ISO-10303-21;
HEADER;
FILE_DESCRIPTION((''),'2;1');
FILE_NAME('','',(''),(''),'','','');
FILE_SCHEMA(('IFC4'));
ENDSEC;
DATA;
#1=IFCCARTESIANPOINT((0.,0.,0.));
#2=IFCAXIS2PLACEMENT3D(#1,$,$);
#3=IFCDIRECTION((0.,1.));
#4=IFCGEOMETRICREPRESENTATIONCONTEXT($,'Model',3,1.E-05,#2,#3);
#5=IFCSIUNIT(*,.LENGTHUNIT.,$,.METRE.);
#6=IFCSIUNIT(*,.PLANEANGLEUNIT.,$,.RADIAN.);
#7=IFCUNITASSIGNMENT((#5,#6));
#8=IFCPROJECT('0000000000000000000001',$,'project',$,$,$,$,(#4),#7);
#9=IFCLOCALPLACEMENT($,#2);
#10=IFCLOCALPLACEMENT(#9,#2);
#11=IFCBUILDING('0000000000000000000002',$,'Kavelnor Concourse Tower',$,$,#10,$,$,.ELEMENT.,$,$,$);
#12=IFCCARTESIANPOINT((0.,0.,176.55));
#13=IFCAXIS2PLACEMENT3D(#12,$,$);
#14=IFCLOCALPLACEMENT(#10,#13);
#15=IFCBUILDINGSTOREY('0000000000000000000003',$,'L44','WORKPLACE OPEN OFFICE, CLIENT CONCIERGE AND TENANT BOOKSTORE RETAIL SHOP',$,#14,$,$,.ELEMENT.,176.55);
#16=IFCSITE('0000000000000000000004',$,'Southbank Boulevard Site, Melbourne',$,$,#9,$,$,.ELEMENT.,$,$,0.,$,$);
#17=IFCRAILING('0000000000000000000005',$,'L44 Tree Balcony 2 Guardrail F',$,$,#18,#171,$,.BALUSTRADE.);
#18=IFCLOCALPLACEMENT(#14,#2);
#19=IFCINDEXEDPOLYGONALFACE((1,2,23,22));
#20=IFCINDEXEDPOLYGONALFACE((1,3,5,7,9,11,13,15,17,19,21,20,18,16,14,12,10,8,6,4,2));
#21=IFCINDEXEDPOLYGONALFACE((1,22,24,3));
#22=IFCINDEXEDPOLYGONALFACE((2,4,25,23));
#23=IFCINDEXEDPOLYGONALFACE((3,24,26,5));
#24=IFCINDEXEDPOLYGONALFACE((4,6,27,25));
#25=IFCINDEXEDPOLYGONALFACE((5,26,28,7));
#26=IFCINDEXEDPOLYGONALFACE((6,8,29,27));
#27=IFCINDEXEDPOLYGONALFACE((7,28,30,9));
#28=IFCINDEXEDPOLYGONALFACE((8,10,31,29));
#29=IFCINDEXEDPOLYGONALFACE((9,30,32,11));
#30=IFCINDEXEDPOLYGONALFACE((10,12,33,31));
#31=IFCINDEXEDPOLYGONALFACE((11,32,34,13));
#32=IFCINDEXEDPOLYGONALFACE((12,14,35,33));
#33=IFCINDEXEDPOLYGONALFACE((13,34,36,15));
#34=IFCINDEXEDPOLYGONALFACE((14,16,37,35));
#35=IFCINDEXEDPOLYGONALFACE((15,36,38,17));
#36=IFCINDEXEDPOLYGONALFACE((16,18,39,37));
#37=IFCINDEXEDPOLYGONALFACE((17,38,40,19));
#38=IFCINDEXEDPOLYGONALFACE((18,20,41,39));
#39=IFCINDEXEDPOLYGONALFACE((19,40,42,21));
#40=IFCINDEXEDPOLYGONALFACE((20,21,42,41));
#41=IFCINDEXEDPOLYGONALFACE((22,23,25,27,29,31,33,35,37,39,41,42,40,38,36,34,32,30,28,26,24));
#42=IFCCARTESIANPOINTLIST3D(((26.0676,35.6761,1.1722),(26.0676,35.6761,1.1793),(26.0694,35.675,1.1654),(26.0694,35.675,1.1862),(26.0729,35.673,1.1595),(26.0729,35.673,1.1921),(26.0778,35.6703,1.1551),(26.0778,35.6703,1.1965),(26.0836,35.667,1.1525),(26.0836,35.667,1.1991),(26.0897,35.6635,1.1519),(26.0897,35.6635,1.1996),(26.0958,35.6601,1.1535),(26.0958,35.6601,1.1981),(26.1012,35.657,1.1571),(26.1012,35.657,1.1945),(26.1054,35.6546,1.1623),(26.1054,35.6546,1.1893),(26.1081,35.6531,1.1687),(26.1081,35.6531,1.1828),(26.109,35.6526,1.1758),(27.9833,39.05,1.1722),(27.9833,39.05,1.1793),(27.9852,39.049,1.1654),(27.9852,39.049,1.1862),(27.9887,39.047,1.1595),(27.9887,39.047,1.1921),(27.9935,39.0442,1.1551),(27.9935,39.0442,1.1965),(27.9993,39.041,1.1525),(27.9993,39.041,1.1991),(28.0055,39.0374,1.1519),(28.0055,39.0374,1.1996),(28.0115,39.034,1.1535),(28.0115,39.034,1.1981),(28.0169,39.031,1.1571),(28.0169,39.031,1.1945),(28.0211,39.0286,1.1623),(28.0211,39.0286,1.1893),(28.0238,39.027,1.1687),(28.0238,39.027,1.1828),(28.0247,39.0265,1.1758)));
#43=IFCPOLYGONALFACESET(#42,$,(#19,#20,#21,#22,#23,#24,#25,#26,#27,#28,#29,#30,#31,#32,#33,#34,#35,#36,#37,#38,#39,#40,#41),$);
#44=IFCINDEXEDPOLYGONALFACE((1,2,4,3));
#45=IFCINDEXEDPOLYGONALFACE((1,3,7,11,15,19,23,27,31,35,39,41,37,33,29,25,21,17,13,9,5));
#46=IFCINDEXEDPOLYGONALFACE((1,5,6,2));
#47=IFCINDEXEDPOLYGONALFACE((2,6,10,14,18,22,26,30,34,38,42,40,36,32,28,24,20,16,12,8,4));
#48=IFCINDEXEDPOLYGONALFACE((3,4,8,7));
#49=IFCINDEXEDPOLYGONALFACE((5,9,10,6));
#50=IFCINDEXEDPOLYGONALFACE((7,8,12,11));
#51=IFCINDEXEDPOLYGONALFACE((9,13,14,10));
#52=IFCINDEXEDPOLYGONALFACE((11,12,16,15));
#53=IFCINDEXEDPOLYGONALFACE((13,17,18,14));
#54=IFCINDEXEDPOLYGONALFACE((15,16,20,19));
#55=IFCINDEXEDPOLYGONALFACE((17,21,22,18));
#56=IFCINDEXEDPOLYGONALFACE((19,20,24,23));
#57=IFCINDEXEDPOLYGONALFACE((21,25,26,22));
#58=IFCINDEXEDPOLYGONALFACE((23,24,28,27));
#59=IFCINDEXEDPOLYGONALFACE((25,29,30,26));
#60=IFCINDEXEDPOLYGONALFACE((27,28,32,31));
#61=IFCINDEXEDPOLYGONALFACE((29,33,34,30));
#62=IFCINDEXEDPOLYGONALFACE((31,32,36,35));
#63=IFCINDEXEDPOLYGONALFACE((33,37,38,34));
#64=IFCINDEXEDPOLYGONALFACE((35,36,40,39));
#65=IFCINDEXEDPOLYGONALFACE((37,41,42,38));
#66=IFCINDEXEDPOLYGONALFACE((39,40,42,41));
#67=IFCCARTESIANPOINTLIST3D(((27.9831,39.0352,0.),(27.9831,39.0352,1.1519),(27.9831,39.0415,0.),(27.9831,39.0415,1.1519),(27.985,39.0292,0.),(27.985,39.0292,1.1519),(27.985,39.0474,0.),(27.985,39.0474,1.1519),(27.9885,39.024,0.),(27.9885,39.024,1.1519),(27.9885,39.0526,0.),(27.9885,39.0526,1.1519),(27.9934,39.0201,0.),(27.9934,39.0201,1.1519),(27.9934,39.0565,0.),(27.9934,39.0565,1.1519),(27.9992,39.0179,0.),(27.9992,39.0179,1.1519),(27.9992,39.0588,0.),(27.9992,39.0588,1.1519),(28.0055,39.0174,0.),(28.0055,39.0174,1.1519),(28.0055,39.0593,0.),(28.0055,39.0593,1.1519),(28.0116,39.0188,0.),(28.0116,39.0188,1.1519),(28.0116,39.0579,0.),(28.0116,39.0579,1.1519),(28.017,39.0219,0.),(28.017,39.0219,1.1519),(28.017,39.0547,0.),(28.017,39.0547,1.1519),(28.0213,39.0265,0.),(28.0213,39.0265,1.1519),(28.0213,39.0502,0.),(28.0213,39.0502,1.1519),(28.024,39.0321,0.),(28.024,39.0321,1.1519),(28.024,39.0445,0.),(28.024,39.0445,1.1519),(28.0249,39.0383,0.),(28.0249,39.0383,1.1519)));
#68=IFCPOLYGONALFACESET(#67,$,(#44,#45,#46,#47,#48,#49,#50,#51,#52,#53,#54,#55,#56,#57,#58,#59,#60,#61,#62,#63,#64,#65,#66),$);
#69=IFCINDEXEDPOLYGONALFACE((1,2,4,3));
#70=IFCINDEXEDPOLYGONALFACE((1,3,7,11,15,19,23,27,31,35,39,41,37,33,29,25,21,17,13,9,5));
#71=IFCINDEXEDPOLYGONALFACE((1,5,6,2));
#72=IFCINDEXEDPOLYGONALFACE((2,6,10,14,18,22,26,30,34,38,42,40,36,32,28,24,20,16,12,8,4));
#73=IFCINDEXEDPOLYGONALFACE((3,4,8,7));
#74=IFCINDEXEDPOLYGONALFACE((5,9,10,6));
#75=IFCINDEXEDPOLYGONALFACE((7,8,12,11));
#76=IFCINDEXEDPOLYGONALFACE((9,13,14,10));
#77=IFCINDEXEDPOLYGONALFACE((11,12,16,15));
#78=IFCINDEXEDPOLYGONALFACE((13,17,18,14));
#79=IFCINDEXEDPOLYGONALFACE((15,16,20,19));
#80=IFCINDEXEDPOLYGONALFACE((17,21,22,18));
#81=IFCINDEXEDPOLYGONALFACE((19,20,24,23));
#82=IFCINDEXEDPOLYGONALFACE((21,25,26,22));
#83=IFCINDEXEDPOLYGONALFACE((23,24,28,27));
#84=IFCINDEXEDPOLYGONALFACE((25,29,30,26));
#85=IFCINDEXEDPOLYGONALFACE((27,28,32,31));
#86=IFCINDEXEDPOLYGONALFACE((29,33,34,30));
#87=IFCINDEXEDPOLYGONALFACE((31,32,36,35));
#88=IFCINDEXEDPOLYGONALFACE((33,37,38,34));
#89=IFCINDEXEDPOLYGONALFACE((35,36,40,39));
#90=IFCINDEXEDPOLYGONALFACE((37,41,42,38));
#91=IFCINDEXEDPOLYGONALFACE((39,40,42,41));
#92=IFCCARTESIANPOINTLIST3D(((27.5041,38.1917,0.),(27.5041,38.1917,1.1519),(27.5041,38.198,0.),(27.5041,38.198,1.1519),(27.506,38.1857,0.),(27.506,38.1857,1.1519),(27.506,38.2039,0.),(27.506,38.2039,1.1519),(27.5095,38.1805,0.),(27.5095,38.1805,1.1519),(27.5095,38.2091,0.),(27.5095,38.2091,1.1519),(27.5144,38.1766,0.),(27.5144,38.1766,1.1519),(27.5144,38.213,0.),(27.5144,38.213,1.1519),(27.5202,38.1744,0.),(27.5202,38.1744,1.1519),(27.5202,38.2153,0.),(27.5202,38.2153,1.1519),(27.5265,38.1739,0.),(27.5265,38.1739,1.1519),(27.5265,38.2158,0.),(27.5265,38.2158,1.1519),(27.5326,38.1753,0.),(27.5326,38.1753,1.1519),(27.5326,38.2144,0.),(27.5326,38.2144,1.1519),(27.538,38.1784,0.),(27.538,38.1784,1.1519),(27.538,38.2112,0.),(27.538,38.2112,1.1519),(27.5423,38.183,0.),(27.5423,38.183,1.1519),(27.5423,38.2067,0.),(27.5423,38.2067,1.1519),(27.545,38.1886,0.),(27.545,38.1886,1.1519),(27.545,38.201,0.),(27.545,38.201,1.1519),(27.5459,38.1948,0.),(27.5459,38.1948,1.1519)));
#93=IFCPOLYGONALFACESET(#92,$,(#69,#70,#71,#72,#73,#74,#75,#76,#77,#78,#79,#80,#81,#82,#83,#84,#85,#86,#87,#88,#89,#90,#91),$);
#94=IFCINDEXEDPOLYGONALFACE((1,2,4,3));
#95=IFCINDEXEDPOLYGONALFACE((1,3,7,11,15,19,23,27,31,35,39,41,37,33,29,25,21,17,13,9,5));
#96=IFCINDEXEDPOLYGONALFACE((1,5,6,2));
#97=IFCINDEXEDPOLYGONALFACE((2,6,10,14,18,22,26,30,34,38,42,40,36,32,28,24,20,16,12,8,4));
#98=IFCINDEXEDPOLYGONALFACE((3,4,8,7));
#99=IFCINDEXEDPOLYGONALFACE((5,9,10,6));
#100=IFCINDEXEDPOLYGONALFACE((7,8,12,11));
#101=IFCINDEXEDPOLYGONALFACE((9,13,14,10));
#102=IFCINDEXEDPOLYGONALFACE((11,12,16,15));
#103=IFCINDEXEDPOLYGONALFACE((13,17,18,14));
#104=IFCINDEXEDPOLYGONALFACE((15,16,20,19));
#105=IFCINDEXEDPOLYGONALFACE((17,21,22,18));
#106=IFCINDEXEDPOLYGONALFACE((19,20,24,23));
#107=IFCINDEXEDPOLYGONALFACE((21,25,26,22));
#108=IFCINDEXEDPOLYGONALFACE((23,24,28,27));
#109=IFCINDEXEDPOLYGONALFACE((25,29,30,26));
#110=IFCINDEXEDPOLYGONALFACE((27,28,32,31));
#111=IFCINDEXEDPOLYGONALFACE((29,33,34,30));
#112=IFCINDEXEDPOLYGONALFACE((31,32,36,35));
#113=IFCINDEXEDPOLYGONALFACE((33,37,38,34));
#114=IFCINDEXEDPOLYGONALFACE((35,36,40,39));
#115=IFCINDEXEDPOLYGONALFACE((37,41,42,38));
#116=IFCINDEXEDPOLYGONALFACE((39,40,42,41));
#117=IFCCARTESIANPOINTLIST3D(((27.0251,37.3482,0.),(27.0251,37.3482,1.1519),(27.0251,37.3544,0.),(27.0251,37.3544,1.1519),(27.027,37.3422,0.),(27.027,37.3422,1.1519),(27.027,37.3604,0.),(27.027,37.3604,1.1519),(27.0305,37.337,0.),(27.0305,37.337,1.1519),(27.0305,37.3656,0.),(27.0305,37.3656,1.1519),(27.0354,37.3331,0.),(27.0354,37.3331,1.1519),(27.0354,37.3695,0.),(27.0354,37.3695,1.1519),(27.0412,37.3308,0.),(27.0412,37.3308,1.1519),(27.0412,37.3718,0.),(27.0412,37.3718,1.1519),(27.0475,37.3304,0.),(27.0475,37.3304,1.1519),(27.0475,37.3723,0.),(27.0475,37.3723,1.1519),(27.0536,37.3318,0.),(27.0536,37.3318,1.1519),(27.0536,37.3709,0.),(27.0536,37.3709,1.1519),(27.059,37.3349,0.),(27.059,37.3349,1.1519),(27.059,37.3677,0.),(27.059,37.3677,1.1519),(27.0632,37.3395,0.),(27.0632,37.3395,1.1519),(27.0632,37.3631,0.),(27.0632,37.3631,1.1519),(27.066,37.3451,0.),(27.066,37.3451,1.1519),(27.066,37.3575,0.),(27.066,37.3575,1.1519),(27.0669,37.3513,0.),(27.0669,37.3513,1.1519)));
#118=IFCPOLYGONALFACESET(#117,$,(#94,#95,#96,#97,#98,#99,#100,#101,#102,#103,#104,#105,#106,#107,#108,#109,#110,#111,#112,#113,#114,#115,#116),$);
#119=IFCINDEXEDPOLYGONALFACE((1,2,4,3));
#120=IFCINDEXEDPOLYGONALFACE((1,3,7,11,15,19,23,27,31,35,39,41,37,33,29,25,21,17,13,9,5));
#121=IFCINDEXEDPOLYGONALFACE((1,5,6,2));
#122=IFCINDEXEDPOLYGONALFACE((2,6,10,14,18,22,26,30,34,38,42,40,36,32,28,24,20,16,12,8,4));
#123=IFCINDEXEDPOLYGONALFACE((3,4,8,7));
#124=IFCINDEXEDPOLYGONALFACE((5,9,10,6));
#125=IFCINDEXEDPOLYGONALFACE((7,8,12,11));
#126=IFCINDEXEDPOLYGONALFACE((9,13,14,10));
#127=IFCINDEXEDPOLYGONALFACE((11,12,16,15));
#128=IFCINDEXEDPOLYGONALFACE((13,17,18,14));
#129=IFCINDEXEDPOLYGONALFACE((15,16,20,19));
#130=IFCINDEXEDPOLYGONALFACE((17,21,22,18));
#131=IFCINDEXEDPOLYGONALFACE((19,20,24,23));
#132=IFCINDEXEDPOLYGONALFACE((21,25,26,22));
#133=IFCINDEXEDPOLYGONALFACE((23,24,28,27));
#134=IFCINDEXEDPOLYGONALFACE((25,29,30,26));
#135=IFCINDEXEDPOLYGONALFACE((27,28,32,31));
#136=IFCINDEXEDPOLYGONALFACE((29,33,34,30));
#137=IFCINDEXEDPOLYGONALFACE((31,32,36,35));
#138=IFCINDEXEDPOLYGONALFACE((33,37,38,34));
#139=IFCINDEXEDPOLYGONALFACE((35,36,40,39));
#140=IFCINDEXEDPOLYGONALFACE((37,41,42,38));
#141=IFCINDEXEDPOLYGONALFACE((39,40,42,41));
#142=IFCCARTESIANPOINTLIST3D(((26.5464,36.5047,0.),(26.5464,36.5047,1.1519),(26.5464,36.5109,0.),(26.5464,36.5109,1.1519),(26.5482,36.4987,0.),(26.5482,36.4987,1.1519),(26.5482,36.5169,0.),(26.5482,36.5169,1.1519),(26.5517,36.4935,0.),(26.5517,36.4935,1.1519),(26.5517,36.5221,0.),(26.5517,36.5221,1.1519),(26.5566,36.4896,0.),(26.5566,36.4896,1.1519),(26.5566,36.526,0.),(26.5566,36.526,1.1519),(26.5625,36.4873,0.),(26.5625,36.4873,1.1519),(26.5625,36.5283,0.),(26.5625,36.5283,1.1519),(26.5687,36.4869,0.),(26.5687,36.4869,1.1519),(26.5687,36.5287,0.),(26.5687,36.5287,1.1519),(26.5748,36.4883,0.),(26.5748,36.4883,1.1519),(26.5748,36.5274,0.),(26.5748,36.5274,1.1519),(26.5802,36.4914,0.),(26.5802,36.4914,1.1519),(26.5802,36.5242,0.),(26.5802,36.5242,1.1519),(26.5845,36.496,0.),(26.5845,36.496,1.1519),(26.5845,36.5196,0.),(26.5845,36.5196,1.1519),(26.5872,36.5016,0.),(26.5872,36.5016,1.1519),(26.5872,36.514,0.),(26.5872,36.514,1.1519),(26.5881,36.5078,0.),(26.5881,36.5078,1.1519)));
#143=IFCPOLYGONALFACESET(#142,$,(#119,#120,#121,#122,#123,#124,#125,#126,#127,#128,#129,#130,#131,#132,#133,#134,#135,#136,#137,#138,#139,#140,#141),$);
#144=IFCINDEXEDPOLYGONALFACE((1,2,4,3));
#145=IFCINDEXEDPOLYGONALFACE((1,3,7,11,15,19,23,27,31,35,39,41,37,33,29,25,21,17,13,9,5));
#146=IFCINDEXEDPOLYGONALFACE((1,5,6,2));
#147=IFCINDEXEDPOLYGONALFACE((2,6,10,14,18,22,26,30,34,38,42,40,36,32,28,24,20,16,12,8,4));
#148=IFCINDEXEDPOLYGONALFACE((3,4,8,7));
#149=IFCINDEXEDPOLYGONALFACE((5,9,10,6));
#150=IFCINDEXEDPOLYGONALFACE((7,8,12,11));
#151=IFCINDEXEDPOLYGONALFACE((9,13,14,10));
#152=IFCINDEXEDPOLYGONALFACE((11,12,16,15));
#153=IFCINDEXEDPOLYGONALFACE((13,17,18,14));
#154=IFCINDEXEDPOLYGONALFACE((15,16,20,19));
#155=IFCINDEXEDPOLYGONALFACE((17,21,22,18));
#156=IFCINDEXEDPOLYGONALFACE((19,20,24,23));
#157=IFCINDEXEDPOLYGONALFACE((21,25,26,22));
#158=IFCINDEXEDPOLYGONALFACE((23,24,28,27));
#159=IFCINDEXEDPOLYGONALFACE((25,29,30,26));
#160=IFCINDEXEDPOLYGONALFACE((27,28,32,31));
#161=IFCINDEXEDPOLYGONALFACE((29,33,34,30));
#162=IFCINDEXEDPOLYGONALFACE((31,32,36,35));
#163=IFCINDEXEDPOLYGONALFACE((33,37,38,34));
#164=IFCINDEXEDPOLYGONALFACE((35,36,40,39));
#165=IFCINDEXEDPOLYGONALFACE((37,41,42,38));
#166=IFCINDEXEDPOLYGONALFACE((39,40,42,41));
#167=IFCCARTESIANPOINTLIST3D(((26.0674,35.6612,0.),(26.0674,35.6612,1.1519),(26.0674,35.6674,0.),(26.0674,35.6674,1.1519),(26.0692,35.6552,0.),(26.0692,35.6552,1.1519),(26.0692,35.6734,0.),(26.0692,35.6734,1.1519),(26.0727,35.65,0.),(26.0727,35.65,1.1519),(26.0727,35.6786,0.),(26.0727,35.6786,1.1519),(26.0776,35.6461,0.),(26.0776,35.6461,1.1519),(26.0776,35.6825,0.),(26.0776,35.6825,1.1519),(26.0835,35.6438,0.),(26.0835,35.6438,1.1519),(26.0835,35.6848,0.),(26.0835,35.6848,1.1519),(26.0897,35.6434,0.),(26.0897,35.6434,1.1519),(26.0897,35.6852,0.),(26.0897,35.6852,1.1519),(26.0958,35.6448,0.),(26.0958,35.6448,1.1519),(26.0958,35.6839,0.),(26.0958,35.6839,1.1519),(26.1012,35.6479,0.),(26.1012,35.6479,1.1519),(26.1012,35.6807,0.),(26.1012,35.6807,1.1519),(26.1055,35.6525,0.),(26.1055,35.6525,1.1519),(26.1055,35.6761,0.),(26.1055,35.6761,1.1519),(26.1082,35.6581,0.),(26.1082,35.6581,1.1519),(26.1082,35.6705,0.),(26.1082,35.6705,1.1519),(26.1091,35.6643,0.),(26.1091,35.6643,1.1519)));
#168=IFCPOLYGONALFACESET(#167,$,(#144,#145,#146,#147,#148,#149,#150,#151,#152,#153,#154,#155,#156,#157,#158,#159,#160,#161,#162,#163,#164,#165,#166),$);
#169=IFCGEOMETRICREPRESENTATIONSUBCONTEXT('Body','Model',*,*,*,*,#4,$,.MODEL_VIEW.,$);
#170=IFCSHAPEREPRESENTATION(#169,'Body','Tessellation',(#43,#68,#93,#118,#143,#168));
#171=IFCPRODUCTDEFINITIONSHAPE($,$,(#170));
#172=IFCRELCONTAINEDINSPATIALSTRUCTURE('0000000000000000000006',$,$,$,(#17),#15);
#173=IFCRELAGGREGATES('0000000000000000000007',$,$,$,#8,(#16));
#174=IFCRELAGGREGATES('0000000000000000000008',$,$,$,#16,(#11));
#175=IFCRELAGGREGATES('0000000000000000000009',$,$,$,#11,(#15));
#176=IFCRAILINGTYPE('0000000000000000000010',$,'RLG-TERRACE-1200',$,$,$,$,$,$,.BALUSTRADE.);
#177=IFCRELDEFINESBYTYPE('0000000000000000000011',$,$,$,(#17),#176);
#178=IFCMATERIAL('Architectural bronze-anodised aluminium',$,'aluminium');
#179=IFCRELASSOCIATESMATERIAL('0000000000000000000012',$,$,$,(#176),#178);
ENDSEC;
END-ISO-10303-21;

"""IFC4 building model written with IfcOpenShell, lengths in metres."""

from ifc_helpers import new_model, si_unit, direction, frame, origin, origin_2d, place, context, subcontext, project, spatial, circle, extrude, material, type_object, element, save


model = new_model("IFC4")

# Units and contexts
model_context = context("Model", 3, precision=1e-05, world=origin(), true_north=direction((0.0, 1.0)))
body_context = subcontext(model_context, "Body", "Model", "MODEL_VIEW")
ifc_project = project(units=[si_unit("LENGTHUNIT", "METRE"), si_unit("PLANEANGLEUNIT", "RADIAN")], contexts=[model_context])

# Site, building, storey
site_placement = place(None, origin())
site = spatial("IfcSite", under=ifc_project, at=site_placement, Name="Southbank Boulevard Site, Melbourne", CompositionType="ELEMENT", RefElevation=0.0)
building_placement = place(site_placement, origin())
building = spatial("IfcBuilding", under=site, at=building_placement, Name="Kavelnor Concourse Tower", CompositionType="ELEMENT")
storey_placement = place(building_placement, frame((0.0, 0.0, 176.55)))
storey = spatial("IfcBuildingStorey", under=building, at=storey_placement, Name="L44", Description="WORKPLACE OPEN OFFICE, CLIENT CONCIERGE AND TENANT BOOKSTORE RETAIL SHOP", CompositionType="ELEMENT", Elevation=176.55)

# Railing
ifc_material_1 = material(Name="Architectural bronze-anodised aluminium", Category="aluminium")
railing_type = type_object("IfcRailingType", Name="RLG-TERRACE-1200", PredefinedType="BALUSTRADE", material=ifc_material_1)
railing_1_placement = place(storey_placement, frame((28.0039, 39.0383, 0.0)))
element("IfcRailing", 1, at=railing_1_placement, inside=storey, type_object=railing_type, Name="L44 Tree Balcony 2 Guardrail F", PredefinedType="BALUSTRADE", context=body_context, shape_type="SweptSolid", body=[
    extrude(circle(Radius=0.0239, at=origin_2d()), frame((0.0, 0.0, 1.1758), z_axis=(-0.493759, -0.869599, 0.0), x_axis=(0.869599, -0.493759, 0.0)), (0.0, 0.0, 1.0), 3.8799),
    extrude(circle(Radius=0.021, at=origin_2d()), origin(), (0.0, 0.0, 1.0), 1.1519),
    extrude(circle(Radius=0.021, at=origin_2d()), frame((-0.479, -0.8435, 0.0)), (0.0, 0.0, 1.0), 1.1519),
    extrude(circle(Radius=0.021, at=origin_2d()), frame((-0.958, -1.687, 0.0)), (0.0, 0.0, 1.0), 1.1519),
    extrude(circle(Radius=0.021, at=origin_2d()), frame((-1.4368, -2.5305, 0.0)), (0.0, 0.0, 1.0), 1.1519),
    extrude(circle(Radius=0.021, at=origin_2d()), frame((-1.9158, -3.374, 0.0)), (0.0, 0.0, 1.0), 1.1519),
])

save(model, "model.ifc")
